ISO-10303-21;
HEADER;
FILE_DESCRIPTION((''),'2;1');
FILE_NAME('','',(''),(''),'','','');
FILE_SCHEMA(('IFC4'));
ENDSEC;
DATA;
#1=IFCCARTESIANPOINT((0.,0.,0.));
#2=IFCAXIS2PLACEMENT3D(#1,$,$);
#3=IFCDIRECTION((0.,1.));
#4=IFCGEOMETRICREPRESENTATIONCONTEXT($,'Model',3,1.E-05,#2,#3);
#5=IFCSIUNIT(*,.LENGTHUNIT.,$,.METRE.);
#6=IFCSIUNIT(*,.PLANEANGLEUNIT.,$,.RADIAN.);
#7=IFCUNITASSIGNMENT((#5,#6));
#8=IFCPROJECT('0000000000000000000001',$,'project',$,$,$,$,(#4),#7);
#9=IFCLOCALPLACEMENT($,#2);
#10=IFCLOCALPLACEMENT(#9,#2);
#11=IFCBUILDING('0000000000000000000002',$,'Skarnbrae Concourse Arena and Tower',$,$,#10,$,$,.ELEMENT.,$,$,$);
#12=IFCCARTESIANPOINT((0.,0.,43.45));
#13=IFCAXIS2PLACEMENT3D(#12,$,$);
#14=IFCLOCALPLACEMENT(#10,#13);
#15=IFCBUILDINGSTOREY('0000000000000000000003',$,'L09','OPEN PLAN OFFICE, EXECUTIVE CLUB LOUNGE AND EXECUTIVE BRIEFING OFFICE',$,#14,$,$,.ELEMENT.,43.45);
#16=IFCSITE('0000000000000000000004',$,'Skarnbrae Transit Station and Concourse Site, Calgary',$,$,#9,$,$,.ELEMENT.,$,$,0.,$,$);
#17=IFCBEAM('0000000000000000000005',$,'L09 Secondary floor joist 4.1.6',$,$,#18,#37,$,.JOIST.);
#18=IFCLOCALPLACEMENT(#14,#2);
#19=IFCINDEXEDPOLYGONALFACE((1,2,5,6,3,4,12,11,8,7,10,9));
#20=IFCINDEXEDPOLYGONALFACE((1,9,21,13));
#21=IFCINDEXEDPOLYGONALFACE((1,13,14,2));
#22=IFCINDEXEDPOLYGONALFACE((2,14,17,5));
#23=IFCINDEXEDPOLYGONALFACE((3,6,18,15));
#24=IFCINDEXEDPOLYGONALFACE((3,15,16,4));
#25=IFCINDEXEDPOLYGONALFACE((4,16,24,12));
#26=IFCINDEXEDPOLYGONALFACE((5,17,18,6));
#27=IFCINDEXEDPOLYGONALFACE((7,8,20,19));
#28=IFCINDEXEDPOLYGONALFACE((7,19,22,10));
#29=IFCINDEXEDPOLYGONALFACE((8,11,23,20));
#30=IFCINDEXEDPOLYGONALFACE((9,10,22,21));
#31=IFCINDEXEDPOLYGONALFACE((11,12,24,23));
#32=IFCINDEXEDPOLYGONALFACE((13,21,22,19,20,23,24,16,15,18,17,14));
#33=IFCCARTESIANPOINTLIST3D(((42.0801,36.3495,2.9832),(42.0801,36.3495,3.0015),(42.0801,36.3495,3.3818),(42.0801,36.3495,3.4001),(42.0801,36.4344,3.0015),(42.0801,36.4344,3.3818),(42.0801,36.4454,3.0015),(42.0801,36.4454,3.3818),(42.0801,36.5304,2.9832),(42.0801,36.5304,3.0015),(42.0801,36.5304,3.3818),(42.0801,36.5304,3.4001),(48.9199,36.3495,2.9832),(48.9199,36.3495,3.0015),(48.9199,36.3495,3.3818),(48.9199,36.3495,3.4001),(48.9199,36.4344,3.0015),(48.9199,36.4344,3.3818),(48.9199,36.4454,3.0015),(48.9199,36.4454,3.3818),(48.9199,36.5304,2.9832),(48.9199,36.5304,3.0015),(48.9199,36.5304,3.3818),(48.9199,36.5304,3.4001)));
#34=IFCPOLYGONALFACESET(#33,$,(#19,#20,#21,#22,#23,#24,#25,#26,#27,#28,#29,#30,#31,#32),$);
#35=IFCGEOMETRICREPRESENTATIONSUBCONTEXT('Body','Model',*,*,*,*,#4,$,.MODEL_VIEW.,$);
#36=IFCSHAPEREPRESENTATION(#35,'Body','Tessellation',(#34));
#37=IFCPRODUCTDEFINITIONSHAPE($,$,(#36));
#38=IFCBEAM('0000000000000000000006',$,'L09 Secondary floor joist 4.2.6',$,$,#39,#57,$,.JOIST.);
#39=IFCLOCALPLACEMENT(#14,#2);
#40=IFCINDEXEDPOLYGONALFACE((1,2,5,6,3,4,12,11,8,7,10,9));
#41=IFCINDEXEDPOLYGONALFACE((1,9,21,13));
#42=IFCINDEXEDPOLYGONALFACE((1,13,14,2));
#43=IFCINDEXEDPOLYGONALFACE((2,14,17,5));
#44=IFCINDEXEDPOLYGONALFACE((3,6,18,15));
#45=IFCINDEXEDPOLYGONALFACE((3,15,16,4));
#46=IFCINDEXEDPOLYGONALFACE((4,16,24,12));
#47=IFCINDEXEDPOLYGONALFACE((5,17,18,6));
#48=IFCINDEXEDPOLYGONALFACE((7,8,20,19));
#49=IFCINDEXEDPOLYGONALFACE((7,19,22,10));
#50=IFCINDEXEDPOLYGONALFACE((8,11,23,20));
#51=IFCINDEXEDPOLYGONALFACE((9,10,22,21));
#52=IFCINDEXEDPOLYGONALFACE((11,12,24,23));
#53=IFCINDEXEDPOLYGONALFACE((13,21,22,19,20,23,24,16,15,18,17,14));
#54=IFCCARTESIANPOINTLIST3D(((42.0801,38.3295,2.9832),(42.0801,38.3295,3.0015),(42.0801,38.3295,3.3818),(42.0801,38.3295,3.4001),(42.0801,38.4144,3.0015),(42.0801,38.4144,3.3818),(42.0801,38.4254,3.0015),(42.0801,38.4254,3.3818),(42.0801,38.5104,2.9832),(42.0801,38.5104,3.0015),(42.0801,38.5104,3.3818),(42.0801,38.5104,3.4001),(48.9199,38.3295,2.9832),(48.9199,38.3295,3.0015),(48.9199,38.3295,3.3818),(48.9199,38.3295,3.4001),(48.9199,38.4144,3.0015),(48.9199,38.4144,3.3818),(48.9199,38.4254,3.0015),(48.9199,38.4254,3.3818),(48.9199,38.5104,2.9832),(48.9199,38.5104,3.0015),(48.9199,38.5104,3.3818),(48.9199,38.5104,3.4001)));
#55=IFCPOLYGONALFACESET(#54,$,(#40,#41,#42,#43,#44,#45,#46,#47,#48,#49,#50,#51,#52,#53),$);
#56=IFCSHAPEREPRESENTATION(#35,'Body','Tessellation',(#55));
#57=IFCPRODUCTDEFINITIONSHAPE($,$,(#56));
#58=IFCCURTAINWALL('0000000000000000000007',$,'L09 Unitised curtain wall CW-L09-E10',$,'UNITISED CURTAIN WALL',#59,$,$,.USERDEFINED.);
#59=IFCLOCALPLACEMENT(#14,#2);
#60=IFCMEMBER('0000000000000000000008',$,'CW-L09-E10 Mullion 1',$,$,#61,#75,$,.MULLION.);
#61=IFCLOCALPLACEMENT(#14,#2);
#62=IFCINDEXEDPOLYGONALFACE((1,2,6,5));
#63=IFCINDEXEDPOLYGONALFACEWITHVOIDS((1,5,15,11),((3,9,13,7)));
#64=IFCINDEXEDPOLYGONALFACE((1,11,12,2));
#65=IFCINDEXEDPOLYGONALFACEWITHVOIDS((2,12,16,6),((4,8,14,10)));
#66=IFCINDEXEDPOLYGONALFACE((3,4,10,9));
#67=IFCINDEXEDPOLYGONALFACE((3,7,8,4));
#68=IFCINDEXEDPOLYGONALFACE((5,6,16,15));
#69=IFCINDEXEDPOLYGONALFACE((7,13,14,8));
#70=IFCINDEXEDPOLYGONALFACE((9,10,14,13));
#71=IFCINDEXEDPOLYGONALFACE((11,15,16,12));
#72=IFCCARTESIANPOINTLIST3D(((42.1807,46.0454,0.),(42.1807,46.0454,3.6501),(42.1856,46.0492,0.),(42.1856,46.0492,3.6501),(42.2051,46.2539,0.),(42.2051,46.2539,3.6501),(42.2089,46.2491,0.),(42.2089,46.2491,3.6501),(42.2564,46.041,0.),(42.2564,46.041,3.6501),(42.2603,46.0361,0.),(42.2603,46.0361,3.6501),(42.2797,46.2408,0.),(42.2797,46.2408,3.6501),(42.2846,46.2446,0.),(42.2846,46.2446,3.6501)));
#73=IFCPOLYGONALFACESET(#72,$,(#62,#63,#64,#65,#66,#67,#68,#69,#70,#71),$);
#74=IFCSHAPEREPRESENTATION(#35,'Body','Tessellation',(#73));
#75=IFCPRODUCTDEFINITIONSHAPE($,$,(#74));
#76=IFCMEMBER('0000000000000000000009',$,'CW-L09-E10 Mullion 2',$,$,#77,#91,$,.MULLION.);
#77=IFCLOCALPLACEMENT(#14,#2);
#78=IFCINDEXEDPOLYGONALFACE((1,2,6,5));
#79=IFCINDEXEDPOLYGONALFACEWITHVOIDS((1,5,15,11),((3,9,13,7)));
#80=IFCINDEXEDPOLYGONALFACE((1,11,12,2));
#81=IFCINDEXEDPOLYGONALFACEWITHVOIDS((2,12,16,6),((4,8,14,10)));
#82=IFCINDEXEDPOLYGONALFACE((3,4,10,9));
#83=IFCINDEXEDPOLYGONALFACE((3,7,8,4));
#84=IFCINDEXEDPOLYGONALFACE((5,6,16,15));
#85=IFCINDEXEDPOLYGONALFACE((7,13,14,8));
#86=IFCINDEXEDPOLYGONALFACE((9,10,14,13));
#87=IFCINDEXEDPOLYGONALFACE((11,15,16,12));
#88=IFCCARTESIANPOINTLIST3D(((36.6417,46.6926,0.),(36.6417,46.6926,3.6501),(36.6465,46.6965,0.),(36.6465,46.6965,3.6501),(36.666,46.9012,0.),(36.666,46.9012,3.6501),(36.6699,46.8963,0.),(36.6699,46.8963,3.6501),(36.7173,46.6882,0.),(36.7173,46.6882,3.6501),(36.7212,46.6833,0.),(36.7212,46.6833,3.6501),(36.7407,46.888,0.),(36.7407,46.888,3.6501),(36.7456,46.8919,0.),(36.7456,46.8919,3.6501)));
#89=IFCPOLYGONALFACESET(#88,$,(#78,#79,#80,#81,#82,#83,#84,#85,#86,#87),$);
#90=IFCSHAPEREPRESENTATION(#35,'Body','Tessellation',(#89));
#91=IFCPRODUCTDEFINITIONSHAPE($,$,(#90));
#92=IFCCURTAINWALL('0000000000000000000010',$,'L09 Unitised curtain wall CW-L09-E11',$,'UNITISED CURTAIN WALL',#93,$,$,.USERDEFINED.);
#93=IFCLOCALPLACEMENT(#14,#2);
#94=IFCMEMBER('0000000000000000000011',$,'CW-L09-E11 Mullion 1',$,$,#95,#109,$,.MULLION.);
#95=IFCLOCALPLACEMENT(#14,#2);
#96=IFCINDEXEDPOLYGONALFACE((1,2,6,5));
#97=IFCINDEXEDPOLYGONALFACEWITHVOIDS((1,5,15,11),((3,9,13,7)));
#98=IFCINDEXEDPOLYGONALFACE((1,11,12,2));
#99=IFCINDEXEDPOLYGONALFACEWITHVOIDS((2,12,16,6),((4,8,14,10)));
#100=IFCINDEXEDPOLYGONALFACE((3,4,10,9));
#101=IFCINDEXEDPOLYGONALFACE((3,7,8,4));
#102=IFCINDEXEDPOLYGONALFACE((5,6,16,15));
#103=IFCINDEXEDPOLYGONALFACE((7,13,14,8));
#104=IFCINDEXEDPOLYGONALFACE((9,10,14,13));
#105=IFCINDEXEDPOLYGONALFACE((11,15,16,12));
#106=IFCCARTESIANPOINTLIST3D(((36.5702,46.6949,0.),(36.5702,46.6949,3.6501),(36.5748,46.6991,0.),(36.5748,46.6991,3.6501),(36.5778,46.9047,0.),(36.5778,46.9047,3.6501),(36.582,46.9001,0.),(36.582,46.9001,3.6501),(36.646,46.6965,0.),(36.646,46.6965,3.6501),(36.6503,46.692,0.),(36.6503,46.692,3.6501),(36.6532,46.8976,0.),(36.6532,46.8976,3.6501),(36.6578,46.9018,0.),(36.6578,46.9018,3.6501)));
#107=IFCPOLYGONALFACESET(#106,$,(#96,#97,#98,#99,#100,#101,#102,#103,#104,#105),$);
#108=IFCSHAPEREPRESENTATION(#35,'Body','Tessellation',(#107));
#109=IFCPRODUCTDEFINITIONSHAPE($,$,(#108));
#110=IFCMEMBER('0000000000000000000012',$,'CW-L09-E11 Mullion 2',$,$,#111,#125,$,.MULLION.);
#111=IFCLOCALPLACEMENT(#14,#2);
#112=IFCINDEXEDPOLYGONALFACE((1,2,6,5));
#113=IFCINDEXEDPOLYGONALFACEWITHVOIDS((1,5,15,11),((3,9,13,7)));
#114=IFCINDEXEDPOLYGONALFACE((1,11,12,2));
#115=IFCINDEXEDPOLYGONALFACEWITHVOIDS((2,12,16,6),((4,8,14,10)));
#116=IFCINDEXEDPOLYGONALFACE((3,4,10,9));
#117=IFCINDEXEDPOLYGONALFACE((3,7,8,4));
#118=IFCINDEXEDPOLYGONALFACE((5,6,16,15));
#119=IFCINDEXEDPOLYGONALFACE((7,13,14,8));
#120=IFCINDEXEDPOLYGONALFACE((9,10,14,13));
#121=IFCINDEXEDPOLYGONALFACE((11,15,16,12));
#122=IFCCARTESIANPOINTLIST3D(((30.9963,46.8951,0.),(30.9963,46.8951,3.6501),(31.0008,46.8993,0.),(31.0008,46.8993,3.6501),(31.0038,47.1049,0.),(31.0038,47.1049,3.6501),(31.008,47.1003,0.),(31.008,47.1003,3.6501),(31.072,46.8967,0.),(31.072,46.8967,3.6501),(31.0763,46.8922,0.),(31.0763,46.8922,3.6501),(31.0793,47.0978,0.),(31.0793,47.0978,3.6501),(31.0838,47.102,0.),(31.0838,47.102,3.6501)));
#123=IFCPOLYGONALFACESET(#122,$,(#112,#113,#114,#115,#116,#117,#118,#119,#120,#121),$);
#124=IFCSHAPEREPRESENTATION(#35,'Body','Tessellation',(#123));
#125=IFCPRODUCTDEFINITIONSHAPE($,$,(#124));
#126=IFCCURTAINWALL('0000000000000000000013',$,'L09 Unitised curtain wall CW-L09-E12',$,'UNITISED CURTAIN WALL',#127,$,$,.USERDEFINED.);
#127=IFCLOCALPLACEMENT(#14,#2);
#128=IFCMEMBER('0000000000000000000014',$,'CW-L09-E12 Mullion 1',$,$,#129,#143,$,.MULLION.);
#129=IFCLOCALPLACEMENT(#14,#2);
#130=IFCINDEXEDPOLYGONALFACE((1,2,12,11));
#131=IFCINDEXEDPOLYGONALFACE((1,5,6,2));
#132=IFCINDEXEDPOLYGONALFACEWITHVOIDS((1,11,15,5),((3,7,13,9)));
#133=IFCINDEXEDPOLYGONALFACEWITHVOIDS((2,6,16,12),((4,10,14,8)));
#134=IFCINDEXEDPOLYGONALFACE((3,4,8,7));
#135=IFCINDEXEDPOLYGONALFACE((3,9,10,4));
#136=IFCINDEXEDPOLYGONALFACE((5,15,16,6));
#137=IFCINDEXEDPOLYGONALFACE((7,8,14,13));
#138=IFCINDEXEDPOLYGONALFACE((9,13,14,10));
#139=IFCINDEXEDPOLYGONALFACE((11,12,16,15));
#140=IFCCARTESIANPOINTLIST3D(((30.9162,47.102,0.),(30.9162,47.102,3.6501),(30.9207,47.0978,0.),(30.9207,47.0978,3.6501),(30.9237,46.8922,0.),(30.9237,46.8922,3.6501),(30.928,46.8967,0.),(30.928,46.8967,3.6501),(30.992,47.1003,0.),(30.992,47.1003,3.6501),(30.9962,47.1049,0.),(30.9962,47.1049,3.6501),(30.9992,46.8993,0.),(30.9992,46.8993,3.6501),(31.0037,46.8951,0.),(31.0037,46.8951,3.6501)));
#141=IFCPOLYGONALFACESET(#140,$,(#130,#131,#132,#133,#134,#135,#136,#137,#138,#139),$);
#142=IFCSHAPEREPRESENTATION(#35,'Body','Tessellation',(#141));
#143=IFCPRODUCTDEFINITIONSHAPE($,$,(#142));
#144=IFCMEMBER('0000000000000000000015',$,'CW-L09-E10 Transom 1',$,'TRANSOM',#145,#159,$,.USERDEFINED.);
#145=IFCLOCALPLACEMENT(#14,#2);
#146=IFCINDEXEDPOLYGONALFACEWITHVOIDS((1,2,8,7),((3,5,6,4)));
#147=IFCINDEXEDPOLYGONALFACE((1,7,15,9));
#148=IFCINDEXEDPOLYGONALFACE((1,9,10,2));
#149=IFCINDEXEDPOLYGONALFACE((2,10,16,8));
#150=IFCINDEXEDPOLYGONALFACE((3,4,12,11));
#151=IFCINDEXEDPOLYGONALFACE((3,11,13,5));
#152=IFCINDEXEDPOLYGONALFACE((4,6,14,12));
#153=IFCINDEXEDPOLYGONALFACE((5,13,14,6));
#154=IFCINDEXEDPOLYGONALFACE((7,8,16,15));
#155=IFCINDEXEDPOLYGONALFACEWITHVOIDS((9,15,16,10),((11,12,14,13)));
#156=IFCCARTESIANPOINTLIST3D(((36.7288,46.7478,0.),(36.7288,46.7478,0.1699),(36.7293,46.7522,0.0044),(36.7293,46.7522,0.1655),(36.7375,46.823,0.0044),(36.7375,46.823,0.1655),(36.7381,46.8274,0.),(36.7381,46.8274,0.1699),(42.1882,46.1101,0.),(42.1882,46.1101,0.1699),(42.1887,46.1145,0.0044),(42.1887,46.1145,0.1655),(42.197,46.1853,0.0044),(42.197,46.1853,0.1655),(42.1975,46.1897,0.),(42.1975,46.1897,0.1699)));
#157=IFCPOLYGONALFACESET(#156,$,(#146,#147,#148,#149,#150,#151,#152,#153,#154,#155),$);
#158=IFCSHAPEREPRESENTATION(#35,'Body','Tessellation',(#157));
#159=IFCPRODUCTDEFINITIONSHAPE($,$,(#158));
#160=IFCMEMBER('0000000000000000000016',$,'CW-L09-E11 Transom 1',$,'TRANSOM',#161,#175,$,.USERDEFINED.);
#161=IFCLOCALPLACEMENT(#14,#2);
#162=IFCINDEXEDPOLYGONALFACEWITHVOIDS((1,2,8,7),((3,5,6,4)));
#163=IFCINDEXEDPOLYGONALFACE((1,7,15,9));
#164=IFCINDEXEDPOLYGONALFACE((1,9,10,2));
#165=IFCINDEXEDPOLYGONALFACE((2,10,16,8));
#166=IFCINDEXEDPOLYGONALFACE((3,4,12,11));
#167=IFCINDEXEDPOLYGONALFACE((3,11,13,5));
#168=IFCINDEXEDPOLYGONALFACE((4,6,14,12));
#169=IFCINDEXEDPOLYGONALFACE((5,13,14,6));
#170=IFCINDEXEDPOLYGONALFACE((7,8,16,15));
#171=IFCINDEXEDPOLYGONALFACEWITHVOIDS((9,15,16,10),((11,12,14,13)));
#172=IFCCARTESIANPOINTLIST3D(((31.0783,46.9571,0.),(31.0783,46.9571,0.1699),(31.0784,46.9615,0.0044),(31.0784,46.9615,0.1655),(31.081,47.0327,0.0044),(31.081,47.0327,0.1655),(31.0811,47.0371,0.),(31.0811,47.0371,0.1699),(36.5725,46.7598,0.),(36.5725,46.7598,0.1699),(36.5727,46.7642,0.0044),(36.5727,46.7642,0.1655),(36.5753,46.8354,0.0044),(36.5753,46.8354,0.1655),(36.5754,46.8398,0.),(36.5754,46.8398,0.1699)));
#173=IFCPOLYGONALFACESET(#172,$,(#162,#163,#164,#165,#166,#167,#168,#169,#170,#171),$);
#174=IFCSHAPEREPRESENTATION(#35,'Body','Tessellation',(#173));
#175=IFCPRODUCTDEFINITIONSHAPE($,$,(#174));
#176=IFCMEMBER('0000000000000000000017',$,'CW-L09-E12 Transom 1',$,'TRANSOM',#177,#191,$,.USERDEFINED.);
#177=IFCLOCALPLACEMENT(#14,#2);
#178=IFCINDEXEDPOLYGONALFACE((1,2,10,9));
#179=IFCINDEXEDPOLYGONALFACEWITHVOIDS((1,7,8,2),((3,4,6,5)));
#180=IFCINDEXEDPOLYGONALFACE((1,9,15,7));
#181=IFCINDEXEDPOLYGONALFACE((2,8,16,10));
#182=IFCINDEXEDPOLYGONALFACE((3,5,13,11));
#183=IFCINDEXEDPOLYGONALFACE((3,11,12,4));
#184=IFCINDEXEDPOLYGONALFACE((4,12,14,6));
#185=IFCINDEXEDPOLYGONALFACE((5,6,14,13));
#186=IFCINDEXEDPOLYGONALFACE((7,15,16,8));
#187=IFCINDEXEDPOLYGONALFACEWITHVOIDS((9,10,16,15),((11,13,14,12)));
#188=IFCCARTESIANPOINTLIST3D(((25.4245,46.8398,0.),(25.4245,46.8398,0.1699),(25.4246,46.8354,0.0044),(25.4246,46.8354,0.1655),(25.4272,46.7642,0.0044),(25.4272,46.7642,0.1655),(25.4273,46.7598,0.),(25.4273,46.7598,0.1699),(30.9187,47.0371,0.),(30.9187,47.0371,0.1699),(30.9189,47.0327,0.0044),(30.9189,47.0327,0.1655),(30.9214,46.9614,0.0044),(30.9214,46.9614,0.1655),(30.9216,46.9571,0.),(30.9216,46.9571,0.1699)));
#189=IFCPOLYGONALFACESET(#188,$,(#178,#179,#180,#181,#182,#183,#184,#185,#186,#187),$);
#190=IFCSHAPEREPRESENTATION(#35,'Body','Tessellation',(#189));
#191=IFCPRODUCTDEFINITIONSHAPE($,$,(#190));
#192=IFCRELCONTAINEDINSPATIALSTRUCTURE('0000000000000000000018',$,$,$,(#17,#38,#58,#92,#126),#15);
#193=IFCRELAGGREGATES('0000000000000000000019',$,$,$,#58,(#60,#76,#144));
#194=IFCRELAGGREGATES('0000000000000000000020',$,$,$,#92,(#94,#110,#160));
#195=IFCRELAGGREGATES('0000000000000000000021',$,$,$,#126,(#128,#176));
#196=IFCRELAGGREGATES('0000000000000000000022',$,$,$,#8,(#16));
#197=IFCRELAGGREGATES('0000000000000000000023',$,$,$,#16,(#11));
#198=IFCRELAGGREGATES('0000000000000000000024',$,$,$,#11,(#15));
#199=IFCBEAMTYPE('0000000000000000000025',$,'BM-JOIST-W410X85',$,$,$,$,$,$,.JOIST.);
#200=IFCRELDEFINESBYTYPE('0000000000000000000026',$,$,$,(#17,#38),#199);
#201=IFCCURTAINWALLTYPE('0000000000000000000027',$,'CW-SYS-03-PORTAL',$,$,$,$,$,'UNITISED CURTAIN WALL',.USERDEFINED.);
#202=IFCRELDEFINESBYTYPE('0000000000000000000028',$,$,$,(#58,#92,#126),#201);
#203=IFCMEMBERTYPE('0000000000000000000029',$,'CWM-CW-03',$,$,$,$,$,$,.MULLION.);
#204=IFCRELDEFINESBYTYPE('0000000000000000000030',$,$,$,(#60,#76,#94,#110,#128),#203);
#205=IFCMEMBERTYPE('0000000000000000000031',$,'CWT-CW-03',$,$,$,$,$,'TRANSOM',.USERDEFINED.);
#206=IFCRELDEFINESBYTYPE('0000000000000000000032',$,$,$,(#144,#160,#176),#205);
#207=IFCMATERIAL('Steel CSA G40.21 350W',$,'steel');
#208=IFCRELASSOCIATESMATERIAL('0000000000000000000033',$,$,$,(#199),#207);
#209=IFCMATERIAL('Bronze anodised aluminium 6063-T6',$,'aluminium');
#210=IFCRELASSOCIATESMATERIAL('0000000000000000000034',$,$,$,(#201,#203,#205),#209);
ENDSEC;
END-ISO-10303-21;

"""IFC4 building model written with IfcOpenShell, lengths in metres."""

from ifc_helpers import new_model, si_unit, direction, frame, origin, origin_2d, place, context, subcontext, project, spatial, hollow_rectangle, i_section, extrude, source, transform, mapped, material, material_profile, profile_set, type_object, element, aggregate, save


model = new_model("IFC4")

# Units and contexts
model_context = context("Model", 3, precision=1e-05, world=origin(), true_north=direction((0.0, 1.0)))
body_context = subcontext(model_context, "Body", "Model", "MODEL_VIEW")
ifc_project = project(units=[si_unit("LENGTHUNIT", "METRE"), si_unit("PLANEANGLEUNIT", "RADIAN")], contexts=[model_context])

# Site, building, storey
site_placement = place(None, origin())
site = spatial("IfcSite", under=ifc_project, at=site_placement, Name="Skarnbrae Transit Station and Concourse Site, Calgary", CompositionType="ELEMENT", RefElevation=0.0)
building_placement = place(site_placement, origin())
building = spatial("IfcBuilding", under=site, at=building_placement, Name="Skarnbrae Concourse Arena and Tower", CompositionType="ELEMENT")
storey_placement = place(building_placement, frame((0.0, 0.0, 43.45)))
storey = spatial("IfcBuildingStorey", under=building, at=storey_placement, Name="L09", Description="OPEN PLAN OFFICE, EXECUTIVE CLUB LOUNGE AND EXECUTIVE BRIEFING OFFICE", CompositionType="ELEMENT", Elevation=43.45)

# Shared definitions
ifc_material_1 = material(Name="Steel CSA G40.21 350W", Category="steel")

# Beams
ifc_material_profile_1 = material_profile(ifc_material_1, i_section(OverallWidth=0.1809, OverallDepth=0.417, WebThickness=0.011, FlangeThickness=0.0183, at=origin_2d()), Name="W410X85")
ifc_profile_set_1 = profile_set([ifc_material_profile_1], Name="Steel CSA G40.21 350W")
beam_type_1 = type_object("IfcBeamType", Name="BM-JOIST-W410X85", PredefinedType="JOIST", material=ifc_profile_set_1)
shared_shape_1 = source(origin(), body_context, "Body", "SweptSolid", [
    extrude(i_section(OverallWidth=0.1809, OverallDepth=0.417, WebThickness=0.011, FlangeThickness=0.0183, at=origin_2d()), origin(), (0.0, 0.0, 1.0), 6.8398),
])
for number, where, z_axis, x_axis, name in (
    (1, (42.0801, 36.4399, 3.1917), (1.0, 0.0, 0.0), (0.0, 1.0, 0.0), "L09 Secondary floor joist 4.1.6"),
    (2, (42.0801, 38.4199, 3.1917), (1.0, 0.0, 0.0), (0.0, 1.0, 0.0), "L09 Secondary floor joist 4.2.6"),
):
    element("IfcBeam", number, at=place(storey_placement, frame(where, z_axis=z_axis, x_axis=x_axis)), inside=storey, type_object=beam_type_1, Name=name, PredefinedType="JOIST", context=body_context, shape_type="MappedRepresentation", body=[
        mapped(shared_shape_1, transform((0.0, 0.0, 0.0))),
    ])

# Curtain walls, members
ifc_material_2 = material(Name="Bronze anodised aluminium 6063-T6", Category="aluminium")
curtain_wall_type = type_object("IfcCurtainWallType", Name="CW-SYS-03-PORTAL", ElementType="UNITISED CURTAIN WALL", PredefinedType="USERDEFINED", material=ifc_material_2)
curtain_wall_1_placement = place(storey_placement, origin())
curtain_wall_1 = element("IfcCurtainWall", 3, at=curtain_wall_1_placement, inside=storey, type_object=curtain_wall_type, Name="L09 Unitised curtain wall CW-L09-E10", ObjectType="UNITISED CURTAIN WALL", PredefinedType="USERDEFINED")
ifc_material_profile_2 = material_profile(ifc_material_2, hollow_rectangle(XDim=0.0801, YDim=0.21, WallThickness=0.0044, at=origin_2d()), Name="ALU-MULL-80X210")
ifc_profile_set_2 = profile_set([ifc_material_profile_2], Name="Bronze anodised aluminium 6063-T6")
member_type_1 = type_object("IfcMemberType", Name="CWM-CW-03", PredefinedType="MULLION", material=ifc_profile_set_2)
shared_shape_2 = source(origin(), body_context, "Body", "SweptSolid", [
    extrude(hollow_rectangle(XDim=0.0801, YDim=0.21, WallThickness=0.0044, at=origin_2d()), origin(), (0.0, 0.0, 1.0), 3.6501),
])
member_1_placement = place(storey_placement, frame((42.2327, 46.145, 0.0), z_axis=(0.0, 0.0, 1.0), x_axis=(-0.993245, 0.11604, 0.0)))
member_1 = element("IfcMember", 4, at=member_1_placement, type_object=member_type_1, Name="CW-L09-E10 Mullion 1", PredefinedType="MULLION", context=body_context, shape_type="MappedRepresentation", body=[
    mapped(shared_shape_2, transform((0.0, 0.0, 0.0))),
])
member_2_placement = place(storey_placement, frame((36.6936, 46.7922, 0.0), z_axis=(0.0, 0.0, 1.0), x_axis=(-0.993245, 0.11604, 0.0)))
member_2 = element("IfcMember", 5, at=member_2_placement, type_object=member_type_1, Name="CW-L09-E10 Mullion 2", PredefinedType="MULLION", context=body_context, shape_type="MappedRepresentation", body=[
    mapped(shared_shape_2, transform((0.0, 0.0, 0.0))),
])
curtain_wall_2_placement = place(storey_placement, origin())
curtain_wall_2 = element("IfcCurtainWall", 6, at=curtain_wall_2_placement, inside=storey, type_object=curtain_wall_type, Name="L09 Unitised curtain wall CW-L09-E11", ObjectType="UNITISED CURTAIN WALL", PredefinedType="USERDEFINED")
member_3_placement = place(storey_placement, frame((36.614, 46.7983, 0.0), z_axis=(0.0, 0.0, 1.0), x_axis=(-0.999355, 0.035899, 0.0)))
member_3 = element("IfcMember", 7, at=member_3_placement, type_object=member_type_1, Name="CW-L09-E11 Mullion 1", PredefinedType="MULLION", context=body_context, shape_type="MappedRepresentation", body=[
    mapped(shared_shape_2, transform((0.0, 0.0, 0.0))),
])
member_4_placement = place(storey_placement, frame((31.04, 46.9985, 0.0), z_axis=(0.0, 0.0, 1.0), x_axis=(-0.999355, 0.035899, 0.0)))
member_4 = element("IfcMember", 8, at=member_4_placement, type_object=member_type_1, Name="CW-L09-E11 Mullion 2", PredefinedType="MULLION", context=body_context, shape_type="MappedRepresentation", body=[
    mapped(shared_shape_2, transform((0.0, 0.0, 0.0))),
])

# Curtain wall, member
curtain_wall_3_placement = place(storey_placement, origin())
curtain_wall_3 = element("IfcCurtainWall", 9, at=curtain_wall_3_placement, inside=storey, type_object=curtain_wall_type, Name="L09 Unitised curtain wall CW-L09-E12", ObjectType="UNITISED CURTAIN WALL", PredefinedType="USERDEFINED")
member_5_placement = place(storey_placement, frame((30.96, 46.9985, 0.0), z_axis=(0.0, 0.0, 1.0), x_axis=(-0.999355, -0.035899, 0.0)))
member_5 = element("IfcMember", 10, at=member_5_placement, type_object=member_type_1, Name="CW-L09-E12 Mullion 1", PredefinedType="MULLION", context=body_context, shape_type="MappedRepresentation", body=[
    mapped(shared_shape_2, transform((0.0, 0.0, 0.0))),
])

# Members
ifc_material_profile_3 = material_profile(ifc_material_2, hollow_rectangle(XDim=0.0801, YDim=0.1699, WallThickness=0.0044, at=origin_2d()), Name="ALU-TRAN-80X170")
ifc_profile_set_3 = profile_set([ifc_material_profile_3], Name="Bronze anodised aluminium 6063-T6")
member_type_2 = type_object("IfcMemberType", Name="CWT-CW-03", ElementType="TRANSOM", PredefinedType="USERDEFINED", material=ifc_profile_set_3)
shared_shape_3 = source(origin(), body_context, "Body", "SweptSolid", [
    extrude(hollow_rectangle(XDim=0.0801, YDim=0.1699, WallThickness=0.0044, at=origin_2d()), origin(), (0.0, 0.0, 1.0), 5.4966),
])
member_6_placement = place(storey_placement, frame((42.1929, 46.1499, 0.085), z_axis=(-0.993247, 0.116017, 0.0), x_axis=(-0.116017, -0.993247, 0.0)))
member_6 = element("IfcMember", 11, at=member_6_placement, type_object=member_type_2, Name="CW-L09-E10 Transom 1", ObjectType="TRANSOM", PredefinedType="USERDEFINED", context=body_context, shape_type="MappedRepresentation", body=[
    mapped(shared_shape_3, transform((0.0, 0.0, 0.0))),
])
shared_shape_4 = source(origin(), body_context, "Body", "SweptSolid", [
    extrude(hollow_rectangle(XDim=0.0801, YDim=0.1699, WallThickness=0.0044, at=origin_2d()), origin(), (0.0, 0.0, 1.0), 5.4978),
])
member_7_placement = place(storey_placement, frame((36.574, 46.7998, 0.085), z_axis=(-0.999356, 0.035882, 0.0), x_axis=(-0.035882, -0.999356, 0.0)))
member_7 = element("IfcMember", 12, at=member_7_placement, type_object=member_type_2, Name="CW-L09-E11 Transom 1", ObjectType="TRANSOM", PredefinedType="USERDEFINED", context=body_context, shape_type="MappedRepresentation", body=[
    mapped(shared_shape_4, transform((0.0, 0.0, 0.0))),
])
member_8_placement = place(storey_placement, frame((30.9202, 46.9971, 0.085), z_axis=(-0.999356, -0.035882, 0.0), x_axis=(0.035882, -0.999356, 0.0)))
member_8 = element("IfcMember", 13, at=member_8_placement, type_object=member_type_2, Name="CW-L09-E12 Transom 1", ObjectType="TRANSOM", PredefinedType="USERDEFINED", context=body_context, shape_type="MappedRepresentation", body=[
    mapped(shared_shape_4, transform((0.0, 0.0, 0.0))),
])

aggregate(curtain_wall_1, [member_1, member_2, member_6])
aggregate(curtain_wall_2, [member_3, member_4, member_7])
aggregate(curtain_wall_3, [member_5, member_8])

save(model, "model.ifc")
